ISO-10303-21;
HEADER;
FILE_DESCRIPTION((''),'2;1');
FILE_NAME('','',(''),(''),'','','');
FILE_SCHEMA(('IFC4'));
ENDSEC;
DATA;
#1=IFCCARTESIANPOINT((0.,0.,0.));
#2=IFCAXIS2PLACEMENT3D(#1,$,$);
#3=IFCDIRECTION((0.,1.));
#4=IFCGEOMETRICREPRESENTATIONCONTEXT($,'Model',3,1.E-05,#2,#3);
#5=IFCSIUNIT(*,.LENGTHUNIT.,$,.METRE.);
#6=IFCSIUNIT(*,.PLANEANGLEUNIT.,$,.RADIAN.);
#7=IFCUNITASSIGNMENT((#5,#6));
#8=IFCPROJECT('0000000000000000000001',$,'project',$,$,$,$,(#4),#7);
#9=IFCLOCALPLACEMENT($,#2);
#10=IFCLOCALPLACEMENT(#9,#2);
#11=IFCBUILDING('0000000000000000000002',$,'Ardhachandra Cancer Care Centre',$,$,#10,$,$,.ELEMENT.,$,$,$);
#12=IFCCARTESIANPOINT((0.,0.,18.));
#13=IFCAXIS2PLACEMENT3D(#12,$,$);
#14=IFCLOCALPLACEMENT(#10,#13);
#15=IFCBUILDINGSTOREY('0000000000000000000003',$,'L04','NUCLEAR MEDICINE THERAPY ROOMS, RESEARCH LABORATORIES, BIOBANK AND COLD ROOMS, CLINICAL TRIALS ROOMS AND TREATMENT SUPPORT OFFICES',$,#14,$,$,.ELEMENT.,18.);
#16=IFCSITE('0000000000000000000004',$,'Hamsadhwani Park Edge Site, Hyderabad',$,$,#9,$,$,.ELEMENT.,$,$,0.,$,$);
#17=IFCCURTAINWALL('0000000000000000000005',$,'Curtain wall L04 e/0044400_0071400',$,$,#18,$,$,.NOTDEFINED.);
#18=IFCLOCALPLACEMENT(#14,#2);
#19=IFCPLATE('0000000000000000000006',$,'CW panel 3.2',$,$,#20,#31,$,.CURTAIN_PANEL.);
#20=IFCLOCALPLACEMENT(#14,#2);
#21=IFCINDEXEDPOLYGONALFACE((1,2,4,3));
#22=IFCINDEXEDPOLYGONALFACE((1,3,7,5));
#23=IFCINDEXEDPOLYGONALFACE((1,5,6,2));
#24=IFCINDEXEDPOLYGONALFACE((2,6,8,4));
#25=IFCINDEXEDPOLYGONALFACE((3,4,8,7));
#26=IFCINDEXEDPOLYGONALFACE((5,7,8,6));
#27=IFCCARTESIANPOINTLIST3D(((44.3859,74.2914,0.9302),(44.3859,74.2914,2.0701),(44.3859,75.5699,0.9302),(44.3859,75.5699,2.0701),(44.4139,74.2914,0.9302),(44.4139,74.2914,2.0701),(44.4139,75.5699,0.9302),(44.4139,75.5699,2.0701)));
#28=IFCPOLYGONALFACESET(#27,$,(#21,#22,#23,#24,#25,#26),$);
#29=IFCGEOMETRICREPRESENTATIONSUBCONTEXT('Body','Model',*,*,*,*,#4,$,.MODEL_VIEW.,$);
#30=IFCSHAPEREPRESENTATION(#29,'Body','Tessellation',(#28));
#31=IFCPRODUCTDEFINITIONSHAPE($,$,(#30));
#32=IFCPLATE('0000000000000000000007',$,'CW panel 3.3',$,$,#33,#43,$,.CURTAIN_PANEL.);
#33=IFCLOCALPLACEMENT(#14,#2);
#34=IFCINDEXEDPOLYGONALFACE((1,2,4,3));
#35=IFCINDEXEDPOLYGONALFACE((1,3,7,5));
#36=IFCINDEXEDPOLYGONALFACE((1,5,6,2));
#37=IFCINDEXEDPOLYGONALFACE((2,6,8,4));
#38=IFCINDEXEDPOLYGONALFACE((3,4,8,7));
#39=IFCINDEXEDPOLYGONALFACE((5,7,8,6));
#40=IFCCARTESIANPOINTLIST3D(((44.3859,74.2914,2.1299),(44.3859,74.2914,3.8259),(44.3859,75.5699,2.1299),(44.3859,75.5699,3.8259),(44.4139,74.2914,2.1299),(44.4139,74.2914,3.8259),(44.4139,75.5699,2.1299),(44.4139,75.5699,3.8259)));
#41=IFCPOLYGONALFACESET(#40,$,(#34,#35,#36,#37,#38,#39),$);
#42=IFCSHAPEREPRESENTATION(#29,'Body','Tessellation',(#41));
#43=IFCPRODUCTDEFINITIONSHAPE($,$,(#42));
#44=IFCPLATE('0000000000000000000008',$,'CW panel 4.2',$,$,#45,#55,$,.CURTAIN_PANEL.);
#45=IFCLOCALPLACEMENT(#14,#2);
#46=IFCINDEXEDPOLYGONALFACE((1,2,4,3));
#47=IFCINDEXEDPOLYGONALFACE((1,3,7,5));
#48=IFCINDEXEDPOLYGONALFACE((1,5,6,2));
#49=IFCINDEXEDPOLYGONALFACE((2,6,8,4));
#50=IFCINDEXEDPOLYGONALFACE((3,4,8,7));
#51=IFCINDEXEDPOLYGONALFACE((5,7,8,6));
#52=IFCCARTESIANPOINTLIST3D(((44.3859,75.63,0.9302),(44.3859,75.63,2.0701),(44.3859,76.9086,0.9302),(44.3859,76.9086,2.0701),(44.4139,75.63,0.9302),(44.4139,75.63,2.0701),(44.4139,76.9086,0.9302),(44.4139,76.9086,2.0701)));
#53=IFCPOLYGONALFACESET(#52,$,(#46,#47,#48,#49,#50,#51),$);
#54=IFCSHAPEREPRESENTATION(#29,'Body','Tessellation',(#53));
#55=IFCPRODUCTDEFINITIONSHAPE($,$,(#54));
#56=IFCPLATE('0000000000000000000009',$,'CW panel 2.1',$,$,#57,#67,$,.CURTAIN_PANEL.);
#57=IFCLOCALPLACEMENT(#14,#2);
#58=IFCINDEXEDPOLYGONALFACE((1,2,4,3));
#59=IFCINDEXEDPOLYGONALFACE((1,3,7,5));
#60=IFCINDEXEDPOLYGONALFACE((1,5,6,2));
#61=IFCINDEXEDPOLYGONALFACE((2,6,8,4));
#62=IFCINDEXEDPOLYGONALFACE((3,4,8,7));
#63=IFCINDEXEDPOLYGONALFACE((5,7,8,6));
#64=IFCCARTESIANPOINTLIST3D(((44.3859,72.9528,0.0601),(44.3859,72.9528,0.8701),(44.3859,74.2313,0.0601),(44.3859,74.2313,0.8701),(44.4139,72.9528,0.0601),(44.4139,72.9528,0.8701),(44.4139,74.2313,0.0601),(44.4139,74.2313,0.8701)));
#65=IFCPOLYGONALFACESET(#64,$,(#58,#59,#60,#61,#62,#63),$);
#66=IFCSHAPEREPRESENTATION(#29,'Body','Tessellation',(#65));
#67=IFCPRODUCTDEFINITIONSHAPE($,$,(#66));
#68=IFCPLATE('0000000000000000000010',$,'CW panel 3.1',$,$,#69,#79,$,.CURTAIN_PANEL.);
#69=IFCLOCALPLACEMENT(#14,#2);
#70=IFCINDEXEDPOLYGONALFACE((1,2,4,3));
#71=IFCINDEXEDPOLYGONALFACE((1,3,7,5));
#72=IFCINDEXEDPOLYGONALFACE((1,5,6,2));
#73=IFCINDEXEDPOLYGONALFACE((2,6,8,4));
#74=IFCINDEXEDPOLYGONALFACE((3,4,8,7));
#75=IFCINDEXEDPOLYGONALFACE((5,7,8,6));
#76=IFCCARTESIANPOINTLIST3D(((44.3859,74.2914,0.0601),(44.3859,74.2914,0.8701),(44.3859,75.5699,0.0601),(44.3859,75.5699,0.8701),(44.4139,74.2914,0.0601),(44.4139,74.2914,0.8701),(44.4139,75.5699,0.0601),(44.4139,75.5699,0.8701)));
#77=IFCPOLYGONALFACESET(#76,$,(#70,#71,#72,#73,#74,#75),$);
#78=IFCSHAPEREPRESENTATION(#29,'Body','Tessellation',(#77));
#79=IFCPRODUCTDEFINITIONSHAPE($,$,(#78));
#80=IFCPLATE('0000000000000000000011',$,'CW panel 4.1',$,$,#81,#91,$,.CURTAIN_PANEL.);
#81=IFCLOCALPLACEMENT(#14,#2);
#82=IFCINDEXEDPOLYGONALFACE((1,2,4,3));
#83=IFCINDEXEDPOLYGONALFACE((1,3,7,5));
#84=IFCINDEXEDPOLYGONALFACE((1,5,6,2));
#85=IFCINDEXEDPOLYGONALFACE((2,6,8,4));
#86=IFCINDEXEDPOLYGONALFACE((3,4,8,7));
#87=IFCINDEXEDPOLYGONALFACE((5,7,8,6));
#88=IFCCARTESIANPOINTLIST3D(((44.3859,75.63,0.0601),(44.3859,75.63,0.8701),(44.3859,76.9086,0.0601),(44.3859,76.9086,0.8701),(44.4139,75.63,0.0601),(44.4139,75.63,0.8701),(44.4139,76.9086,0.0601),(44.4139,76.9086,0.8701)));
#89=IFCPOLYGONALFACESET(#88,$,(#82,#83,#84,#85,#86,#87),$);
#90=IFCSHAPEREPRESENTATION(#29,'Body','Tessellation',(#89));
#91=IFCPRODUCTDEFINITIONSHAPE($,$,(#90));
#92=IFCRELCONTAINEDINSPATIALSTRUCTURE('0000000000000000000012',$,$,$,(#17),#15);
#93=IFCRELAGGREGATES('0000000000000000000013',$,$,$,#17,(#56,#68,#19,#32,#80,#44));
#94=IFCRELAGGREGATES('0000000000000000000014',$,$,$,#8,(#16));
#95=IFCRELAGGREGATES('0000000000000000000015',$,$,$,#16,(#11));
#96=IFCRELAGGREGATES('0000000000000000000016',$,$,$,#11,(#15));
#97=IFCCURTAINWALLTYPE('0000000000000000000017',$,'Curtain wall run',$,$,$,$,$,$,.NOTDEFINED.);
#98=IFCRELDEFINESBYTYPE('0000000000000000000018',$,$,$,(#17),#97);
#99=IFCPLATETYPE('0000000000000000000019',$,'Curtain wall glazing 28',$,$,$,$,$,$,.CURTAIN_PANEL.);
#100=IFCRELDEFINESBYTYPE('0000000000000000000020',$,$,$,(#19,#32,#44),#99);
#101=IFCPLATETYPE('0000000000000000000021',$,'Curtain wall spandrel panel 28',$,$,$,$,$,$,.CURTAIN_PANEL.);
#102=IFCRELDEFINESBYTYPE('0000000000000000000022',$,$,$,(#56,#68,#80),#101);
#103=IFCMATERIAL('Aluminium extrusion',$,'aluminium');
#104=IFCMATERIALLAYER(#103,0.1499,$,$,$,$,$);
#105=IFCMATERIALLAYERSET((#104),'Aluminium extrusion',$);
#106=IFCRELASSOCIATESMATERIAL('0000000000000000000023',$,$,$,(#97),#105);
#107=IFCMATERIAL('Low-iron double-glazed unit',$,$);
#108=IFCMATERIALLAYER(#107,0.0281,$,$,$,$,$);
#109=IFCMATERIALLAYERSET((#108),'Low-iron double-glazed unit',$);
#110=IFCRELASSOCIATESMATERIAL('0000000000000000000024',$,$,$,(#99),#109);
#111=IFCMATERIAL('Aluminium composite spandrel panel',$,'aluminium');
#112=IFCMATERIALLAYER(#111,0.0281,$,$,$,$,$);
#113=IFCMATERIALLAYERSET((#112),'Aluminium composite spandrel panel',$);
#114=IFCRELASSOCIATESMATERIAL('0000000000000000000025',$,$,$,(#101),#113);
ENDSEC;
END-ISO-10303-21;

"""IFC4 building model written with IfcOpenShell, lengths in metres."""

from ifc_helpers import new_model, si_unit, direction, frame, origin, origin_2d, place, context, subcontext, project, spatial, rectangle, extrude, material, layer, layer_set, type_object, element, aggregate, save


model = new_model("IFC4")

# Units and contexts
model_context = context("Model", 3, precision=1e-05, world=origin(), true_north=direction((0.0, 1.0)))
body_context = subcontext(model_context, "Body", "Model", "MODEL_VIEW")
ifc_project = project(units=[si_unit("LENGTHUNIT", "METRE"), si_unit("PLANEANGLEUNIT", "RADIAN")], contexts=[model_context])

# Site, building, storey
site_placement = place(None, origin())
site = spatial("IfcSite", under=ifc_project, at=site_placement, Name="Hamsadhwani Park Edge Site, Hyderabad", CompositionType="ELEMENT", RefElevation=0.0)
building_placement = place(site_placement, origin())
building = spatial("IfcBuilding", under=site, at=building_placement, Name="Ardhachandra Cancer Care Centre", CompositionType="ELEMENT")
storey_placement = place(building_placement, frame((0.0, 0.0, 18.0)))
storey = spatial("IfcBuildingStorey", under=building, at=storey_placement, Name="L04", Description="NUCLEAR MEDICINE THERAPY ROOMS, RESEARCH LABORATORIES, BIOBANK AND COLD ROOMS, CLINICAL TRIALS ROOMS AND TREATMENT SUPPORT OFFICES", CompositionType="ELEMENT", Elevation=18.0)

# Curtain wall, plates
ifc_material_1 = material(Name="Aluminium extrusion", Category="aluminium")
ifc_layer_1 = layer(ifc_material_1, 0.1499)
ifc_layer_set_1 = layer_set([ifc_layer_1], Name="Aluminium extrusion")
curtain_wall_type = type_object("IfcCurtainWallType", Name="Curtain wall run", PredefinedType="NOTDEFINED", material=ifc_layer_set_1)
curtain_wall_placement = place(storey_placement, origin())
curtain_wall = element("IfcCurtainWall", 1, at=curtain_wall_placement, inside=storey, type_object=curtain_wall_type, Name="Curtain wall L04 e/0044400_0071400", PredefinedType="NOTDEFINED")
ifc_material_2 = material(Name="Low-iron double-glazed unit")
ifc_layer_2 = layer(ifc_material_2, 0.0281)
ifc_layer_set_2 = layer_set([ifc_layer_2], Name="Low-iron double-glazed unit")
plate_type_1 = type_object("IfcPlateType", Name="Curtain wall glazing 28", PredefinedType="CURTAIN_PANEL", material=ifc_layer_set_2)
plate_1_placement = place(storey_placement, frame((44.3999, 74.9307, 0.9302), z_axis=(0.0, 0.0, 1.0), x_axis=(0.0, 1.0, 0.0)))
plate_1 = element("IfcPlate", 2, at=plate_1_placement, type_object=plate_type_1, Name="CW panel 3.2", PredefinedType="CURTAIN_PANEL", context=body_context, shape_type="SweptSolid", body=[
    extrude(rectangle(XDim=1.2786, YDim=0.0281, at=origin_2d()), origin(), (0.0, 0.0, 1.0), 1.1399),
])
plate_2_placement = place(storey_placement, frame((44.3999, 74.9307, 2.1299), z_axis=(0.0, 0.0, 1.0), x_axis=(0.0, 1.0, 0.0)))
plate_2 = element("IfcPlate", 3, at=plate_2_placement, type_object=plate_type_1, Name="CW panel 3.3", PredefinedType="CURTAIN_PANEL", context=body_context, shape_type="SweptSolid", body=[
    extrude(rectangle(XDim=1.2786, YDim=0.0281, at=origin_2d()), origin(), (0.0, 0.0, 1.0), 1.696),
])
plate_3_placement = place(storey_placement, frame((44.3999, 76.2693, 0.9302), z_axis=(0.0, 0.0, 1.0), x_axis=(0.0, 1.0, 0.0)))
plate_3 = element("IfcPlate", 4, at=plate_3_placement, type_object=plate_type_1, Name="CW panel 4.2", PredefinedType="CURTAIN_PANEL", context=body_context, shape_type="SweptSolid", body=[
    extrude(rectangle(XDim=1.2786, YDim=0.0281, at=origin_2d()), origin(), (0.0, 0.0, 1.0), 1.1399),
])
ifc_material_3 = material(Name="Aluminium composite spandrel panel", Category="aluminium")
ifc_layer_3 = layer(ifc_material_3, 0.0281)
ifc_layer_set_3 = layer_set([ifc_layer_3], Name="Aluminium composite spandrel panel")
plate_type_2 = type_object("IfcPlateType", Name="Curtain wall spandrel panel 28", PredefinedType="CURTAIN_PANEL", material=ifc_layer_set_3)
plate_4_placement = place(storey_placement, frame((44.3999, 73.592, 0.0601), z_axis=(0.0, 0.0, 1.0), x_axis=(0.0, 1.0, 0.0)))
plate_4 = element("IfcPlate", 5, at=plate_4_placement, type_object=plate_type_2, Name="CW panel 2.1", PredefinedType="CURTAIN_PANEL", context=body_context, shape_type="SweptSolid", body=[
    extrude(rectangle(XDim=1.2786, YDim=0.0281, at=origin_2d()), origin(), (0.0, 0.0, 1.0), 0.8101),
])
plate_5_placement = place(storey_placement, frame((44.3999, 74.9307, 0.0601), z_axis=(0.0, 0.0, 1.0), x_axis=(0.0, 1.0, 0.0)))
plate_5 = element("IfcPlate", 6, at=plate_5_placement, type_object=plate_type_2, Name="CW panel 3.1", PredefinedType="CURTAIN_PANEL", context=body_context, shape_type="SweptSolid", body=[
    extrude(rectangle(XDim=1.2786, YDim=0.0281, at=origin_2d()), origin(), (0.0, 0.0, 1.0), 0.8101),
])
plate_6_placement = place(storey_placement, frame((44.3999, 76.2693, 0.0601), z_axis=(0.0, 0.0, 1.0), x_axis=(0.0, 1.0, 0.0)))
plate_6 = element("IfcPlate", 7, at=plate_6_placement, type_object=plate_type_2, Name="CW panel 4.1", PredefinedType="CURTAIN_PANEL", context=body_context, shape_type="SweptSolid", body=[
    extrude(rectangle(XDim=1.2786, YDim=0.0281, at=origin_2d()), origin(), (0.0, 0.0, 1.0), 0.8101),
])
aggregate(curtain_wall, [plate_4, plate_5, plate_1, plate_2, plate_6, plate_3])

save(model, "model.ifc")
